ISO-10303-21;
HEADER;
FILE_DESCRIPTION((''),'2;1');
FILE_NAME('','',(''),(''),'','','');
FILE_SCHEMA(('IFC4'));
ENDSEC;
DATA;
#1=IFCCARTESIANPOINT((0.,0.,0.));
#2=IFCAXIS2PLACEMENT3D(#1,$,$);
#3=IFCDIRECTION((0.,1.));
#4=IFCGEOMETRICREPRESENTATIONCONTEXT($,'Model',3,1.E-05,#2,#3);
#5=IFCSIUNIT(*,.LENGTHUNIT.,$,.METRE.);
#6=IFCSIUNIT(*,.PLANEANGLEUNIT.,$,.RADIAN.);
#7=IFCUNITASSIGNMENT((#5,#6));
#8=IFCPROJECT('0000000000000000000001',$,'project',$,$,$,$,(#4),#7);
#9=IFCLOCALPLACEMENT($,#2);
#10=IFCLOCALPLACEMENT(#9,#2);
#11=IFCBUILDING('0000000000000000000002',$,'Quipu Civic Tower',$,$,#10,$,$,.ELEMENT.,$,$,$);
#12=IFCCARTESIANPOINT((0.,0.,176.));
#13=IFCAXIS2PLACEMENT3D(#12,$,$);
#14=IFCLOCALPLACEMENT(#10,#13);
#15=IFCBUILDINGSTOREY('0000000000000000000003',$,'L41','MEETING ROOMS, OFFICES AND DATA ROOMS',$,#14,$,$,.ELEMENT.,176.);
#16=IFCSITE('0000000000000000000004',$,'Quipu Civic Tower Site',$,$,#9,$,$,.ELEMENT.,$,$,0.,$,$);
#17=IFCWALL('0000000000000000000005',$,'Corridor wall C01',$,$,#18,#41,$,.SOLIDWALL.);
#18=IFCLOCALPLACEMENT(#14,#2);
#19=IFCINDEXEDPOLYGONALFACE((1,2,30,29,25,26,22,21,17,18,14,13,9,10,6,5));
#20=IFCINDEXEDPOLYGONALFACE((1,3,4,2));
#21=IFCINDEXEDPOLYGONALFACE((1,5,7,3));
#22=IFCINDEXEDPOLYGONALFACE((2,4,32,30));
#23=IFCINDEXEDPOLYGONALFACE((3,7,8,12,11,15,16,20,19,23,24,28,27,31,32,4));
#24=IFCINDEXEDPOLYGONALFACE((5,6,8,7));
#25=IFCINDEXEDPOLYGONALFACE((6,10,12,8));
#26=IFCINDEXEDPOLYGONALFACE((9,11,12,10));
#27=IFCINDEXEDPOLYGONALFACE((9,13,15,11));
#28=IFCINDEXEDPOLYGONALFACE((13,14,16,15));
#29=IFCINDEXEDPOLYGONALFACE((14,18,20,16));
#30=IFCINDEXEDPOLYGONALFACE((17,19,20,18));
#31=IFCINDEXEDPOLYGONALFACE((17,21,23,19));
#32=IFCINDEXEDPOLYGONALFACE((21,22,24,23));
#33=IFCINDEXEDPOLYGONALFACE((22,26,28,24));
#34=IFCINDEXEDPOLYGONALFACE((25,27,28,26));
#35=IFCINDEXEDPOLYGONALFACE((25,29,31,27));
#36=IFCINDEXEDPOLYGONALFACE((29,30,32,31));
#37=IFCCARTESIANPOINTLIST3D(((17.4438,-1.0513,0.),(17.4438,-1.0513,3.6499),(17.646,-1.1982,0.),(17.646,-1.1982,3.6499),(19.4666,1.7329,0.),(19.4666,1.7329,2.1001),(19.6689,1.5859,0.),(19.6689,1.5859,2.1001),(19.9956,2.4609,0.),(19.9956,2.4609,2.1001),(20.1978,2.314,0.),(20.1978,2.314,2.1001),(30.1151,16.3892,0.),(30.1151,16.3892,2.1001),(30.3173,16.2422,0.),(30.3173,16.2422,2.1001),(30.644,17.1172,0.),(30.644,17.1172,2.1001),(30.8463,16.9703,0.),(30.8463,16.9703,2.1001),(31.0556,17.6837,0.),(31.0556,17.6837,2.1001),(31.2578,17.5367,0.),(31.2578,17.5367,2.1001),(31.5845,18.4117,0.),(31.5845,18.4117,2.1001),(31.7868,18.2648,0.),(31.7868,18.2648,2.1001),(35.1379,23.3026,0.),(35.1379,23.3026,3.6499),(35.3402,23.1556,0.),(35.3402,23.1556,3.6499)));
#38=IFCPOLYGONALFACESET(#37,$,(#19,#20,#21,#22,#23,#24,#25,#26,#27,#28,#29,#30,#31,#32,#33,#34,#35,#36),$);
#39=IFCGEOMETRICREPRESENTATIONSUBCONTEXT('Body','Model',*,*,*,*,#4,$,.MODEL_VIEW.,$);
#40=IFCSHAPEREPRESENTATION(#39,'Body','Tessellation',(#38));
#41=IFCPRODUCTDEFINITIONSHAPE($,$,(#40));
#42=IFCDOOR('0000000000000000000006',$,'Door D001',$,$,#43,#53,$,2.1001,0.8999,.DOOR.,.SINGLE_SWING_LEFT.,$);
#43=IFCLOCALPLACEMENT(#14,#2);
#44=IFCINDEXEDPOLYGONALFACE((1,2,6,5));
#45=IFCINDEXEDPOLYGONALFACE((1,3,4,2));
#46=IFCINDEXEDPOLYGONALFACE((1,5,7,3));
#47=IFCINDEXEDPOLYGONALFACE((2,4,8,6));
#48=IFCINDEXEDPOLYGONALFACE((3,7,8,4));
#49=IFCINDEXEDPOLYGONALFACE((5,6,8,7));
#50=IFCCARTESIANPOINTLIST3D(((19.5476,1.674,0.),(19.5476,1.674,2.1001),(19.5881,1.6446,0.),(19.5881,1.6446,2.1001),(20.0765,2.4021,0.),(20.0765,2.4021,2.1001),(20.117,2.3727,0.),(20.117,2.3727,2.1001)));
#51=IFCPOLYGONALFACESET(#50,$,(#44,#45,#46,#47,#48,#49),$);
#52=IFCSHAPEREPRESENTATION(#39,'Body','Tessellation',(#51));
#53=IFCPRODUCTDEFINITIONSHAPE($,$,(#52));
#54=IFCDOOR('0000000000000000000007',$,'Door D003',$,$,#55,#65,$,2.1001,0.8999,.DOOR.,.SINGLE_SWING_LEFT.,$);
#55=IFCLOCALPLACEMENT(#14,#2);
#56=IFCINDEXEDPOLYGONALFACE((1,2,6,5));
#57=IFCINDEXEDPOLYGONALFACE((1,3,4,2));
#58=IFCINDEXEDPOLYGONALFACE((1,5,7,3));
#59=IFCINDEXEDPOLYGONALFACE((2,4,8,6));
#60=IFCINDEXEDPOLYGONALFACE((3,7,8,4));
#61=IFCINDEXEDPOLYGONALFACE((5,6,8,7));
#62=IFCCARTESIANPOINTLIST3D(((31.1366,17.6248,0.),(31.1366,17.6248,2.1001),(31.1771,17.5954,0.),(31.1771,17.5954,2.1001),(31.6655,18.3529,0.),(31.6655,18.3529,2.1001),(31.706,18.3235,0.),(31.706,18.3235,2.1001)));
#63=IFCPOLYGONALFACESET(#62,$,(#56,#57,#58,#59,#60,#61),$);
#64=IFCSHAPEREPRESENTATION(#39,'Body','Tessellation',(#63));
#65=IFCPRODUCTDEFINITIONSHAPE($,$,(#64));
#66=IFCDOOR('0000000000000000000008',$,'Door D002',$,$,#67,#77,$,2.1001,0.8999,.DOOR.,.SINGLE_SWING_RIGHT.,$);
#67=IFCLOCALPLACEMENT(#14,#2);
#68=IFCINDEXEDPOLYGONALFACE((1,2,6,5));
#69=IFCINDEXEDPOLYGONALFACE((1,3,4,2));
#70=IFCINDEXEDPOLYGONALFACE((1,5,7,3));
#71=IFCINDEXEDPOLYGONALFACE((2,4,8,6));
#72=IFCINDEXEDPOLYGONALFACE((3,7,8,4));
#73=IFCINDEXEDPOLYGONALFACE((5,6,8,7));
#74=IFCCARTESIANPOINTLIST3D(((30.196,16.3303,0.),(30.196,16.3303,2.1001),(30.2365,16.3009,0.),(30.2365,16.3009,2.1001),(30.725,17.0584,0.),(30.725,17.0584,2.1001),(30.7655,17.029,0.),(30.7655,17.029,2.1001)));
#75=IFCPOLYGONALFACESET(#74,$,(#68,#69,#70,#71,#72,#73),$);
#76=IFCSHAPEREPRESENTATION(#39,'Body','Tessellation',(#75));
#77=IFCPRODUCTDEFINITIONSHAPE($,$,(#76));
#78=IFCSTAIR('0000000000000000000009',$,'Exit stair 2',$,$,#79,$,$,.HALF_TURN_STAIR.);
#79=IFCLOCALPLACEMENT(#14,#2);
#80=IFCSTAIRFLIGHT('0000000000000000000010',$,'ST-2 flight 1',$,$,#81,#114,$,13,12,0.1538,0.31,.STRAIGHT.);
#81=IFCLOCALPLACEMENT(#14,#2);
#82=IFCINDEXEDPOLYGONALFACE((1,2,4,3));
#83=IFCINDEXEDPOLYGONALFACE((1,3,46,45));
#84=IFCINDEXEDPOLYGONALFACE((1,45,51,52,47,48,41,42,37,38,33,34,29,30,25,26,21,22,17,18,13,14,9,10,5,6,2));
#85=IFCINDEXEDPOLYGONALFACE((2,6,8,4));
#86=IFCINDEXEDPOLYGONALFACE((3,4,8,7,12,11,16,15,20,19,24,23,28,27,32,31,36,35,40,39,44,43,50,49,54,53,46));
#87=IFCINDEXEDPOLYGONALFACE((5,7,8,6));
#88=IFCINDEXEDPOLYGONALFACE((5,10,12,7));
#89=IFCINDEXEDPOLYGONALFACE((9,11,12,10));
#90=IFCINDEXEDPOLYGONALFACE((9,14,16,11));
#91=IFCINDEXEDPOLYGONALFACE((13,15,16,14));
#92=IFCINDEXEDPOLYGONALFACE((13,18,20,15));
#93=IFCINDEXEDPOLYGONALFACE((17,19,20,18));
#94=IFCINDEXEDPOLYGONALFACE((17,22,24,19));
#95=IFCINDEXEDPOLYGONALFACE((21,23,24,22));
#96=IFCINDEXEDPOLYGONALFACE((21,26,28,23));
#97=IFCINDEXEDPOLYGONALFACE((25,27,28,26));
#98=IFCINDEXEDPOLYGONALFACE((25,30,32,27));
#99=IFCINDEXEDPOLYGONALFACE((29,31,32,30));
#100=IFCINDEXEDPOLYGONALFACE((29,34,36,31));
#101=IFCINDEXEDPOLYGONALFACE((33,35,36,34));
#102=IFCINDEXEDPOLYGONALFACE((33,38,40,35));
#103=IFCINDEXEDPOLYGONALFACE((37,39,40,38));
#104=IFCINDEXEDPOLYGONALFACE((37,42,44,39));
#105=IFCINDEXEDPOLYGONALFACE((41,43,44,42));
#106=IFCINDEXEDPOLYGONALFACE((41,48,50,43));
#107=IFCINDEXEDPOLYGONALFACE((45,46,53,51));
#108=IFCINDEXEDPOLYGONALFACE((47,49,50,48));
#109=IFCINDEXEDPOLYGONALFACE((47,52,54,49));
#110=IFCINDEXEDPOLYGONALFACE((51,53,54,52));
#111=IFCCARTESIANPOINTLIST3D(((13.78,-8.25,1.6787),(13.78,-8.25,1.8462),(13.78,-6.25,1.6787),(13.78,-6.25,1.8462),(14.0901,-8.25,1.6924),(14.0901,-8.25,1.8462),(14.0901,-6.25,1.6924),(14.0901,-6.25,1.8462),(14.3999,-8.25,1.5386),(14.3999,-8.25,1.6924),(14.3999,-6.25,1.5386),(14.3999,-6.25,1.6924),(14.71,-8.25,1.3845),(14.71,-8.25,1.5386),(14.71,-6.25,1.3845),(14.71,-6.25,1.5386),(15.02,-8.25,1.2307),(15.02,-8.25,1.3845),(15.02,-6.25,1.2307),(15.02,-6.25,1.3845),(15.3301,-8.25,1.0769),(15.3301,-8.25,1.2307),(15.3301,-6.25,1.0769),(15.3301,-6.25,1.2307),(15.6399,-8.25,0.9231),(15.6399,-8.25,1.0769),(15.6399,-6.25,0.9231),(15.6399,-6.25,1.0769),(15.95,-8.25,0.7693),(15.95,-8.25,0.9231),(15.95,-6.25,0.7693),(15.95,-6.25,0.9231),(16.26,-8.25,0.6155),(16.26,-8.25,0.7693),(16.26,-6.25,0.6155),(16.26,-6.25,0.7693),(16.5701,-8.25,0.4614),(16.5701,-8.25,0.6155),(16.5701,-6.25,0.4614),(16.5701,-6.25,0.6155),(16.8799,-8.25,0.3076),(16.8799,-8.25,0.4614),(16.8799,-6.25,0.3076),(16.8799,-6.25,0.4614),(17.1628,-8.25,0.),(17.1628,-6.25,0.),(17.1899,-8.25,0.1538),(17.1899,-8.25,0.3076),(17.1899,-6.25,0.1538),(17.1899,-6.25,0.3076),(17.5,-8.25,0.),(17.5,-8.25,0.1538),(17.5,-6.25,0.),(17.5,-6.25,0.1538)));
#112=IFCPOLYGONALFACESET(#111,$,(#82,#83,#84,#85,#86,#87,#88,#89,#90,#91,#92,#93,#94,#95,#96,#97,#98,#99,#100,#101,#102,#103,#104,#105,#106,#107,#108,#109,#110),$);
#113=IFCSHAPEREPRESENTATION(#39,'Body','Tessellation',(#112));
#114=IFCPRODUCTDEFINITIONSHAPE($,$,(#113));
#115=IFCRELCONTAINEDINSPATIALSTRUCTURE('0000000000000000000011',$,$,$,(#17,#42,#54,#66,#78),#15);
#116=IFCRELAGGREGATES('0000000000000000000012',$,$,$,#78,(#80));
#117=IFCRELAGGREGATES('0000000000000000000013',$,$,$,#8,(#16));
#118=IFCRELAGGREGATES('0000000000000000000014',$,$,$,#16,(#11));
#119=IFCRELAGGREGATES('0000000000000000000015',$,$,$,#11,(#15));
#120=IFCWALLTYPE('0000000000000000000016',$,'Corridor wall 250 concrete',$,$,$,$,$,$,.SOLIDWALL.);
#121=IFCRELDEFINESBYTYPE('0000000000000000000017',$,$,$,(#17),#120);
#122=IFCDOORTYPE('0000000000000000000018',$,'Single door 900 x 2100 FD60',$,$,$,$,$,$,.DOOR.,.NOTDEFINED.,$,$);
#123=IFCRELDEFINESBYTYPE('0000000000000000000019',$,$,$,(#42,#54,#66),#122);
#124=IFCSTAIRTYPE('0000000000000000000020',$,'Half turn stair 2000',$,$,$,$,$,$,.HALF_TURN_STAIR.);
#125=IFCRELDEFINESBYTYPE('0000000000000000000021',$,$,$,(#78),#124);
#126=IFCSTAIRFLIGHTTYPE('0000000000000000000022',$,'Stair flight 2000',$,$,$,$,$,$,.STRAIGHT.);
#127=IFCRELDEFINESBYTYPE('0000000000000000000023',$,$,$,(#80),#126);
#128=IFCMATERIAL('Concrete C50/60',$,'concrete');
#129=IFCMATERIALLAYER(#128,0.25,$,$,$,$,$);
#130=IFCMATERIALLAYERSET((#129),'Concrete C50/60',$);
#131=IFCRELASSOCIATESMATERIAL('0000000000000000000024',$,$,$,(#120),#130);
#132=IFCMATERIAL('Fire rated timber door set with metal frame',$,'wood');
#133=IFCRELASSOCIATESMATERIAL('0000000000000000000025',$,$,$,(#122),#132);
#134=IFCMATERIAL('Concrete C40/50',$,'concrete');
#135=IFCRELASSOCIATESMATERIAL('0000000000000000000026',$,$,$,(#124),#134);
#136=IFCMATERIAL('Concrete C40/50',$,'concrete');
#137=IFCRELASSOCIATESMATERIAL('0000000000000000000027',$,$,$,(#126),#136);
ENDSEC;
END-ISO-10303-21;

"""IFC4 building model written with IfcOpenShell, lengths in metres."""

from ifc_helpers import new_model, si_unit, direction, frame, frame_2d, origin, place, context, subcontext, project, spatial, polyline, rectangle, outline, extrude, material, layer, layer_set, type_object, element, fill, aggregate, save


model = new_model("IFC4")

# Units and contexts
model_context = context("Model", 3, precision=1e-05, world=origin(), true_north=direction((0.0, 1.0)))
body_context = subcontext(model_context, "Body", "Model", "MODEL_VIEW")
ifc_project = project(units=[si_unit("LENGTHUNIT", "METRE"), si_unit("PLANEANGLEUNIT", "RADIAN")], contexts=[model_context])

# Site, building, storey
site_placement = place(None, origin())
site = spatial("IfcSite", under=ifc_project, at=site_placement, Name="Quipu Civic Tower Site", CompositionType="ELEMENT", RefElevation=0.0)
building_placement = place(site_placement, origin())
building = spatial("IfcBuilding", under=site, at=building_placement, Name="Quipu Civic Tower", CompositionType="ELEMENT")
storey_placement = place(building_placement, frame((0.0, 0.0, 176.0)))
storey = spatial("IfcBuildingStorey", under=building, at=storey_placement, Name="L41", Description="MEETING ROOMS, OFFICES AND DATA ROOMS", CompositionType="ELEMENT", Elevation=176.0)

# Wall, openings, doors
ifc_material_1 = material(Name="Concrete C50/60", Category="concrete")
ifc_layer_1 = layer(ifc_material_1, 0.25)
ifc_layer_set_1 = layer_set([ifc_layer_1], Name="Concrete C50/60")
wall_type_1 = type_object("IfcWallType", Name="Corridor wall 250 concrete", PredefinedType="SOLIDWALL", material=ifc_layer_set_1)
wall_1_placement = place(storey_placement, frame((17.5449, -1.1248, 0.0), z_axis=(0.0, 0.0, 1.0), x_axis=(0.587786, 0.809016, 0.0)))
wall_1 = element("IfcWall", 1, at=wall_1_placement, inside=storey, type_object=wall_type_1, Name="Corridor wall C01", PredefinedType="SOLIDWALL", context=body_context, shape_type="SweptSolid", body=[
    extrude(rectangle(XDim=30.103, YDim=0.25, at=frame_2d((15.0515, 0.0))), origin(), (0.0, 0.0, 1.0), 3.6499),
])
opening_1_placement = place(wall_1_placement, frame((3.4414, 0.0, 0.0)))
opening_1 = element("IfcOpeningElement", 2, at=opening_1_placement, cuts=wall_1, PredefinedType="OPENING", context=body_context, shape_type="SweptSolid", body=[
    extrude(rectangle(XDim=0.8999, YDim=2.1001, at=frame_2d((0.45, 1.05))), frame((0.0, 0.135, 0.0), z_axis=(0.0, -1.0, 0.0), x_axis=(1.0, 0.0, 0.0)), (0.0, 0.0, 1.0), 0.27),
])
opening_2_placement = place(wall_1_placement, frame((23.1577, 0.0, 0.0)))
opening_2 = element("IfcOpeningElement", 3, at=opening_2_placement, cuts=wall_1, PredefinedType="OPENING", context=body_context, shape_type="SweptSolid", body=[
    extrude(rectangle(XDim=0.8999, YDim=2.1001, at=frame_2d((0.45, 1.05))), frame((0.0, 0.135, 0.0), z_axis=(0.0, -1.0, 0.0), x_axis=(1.0, 0.0, 0.0)), (0.0, 0.0, 1.0), 0.27),
])
opening_3_placement = place(wall_1_placement, frame((21.5576, 0.0, 0.0)))
opening_3 = element("IfcOpeningElement", 4, at=opening_3_placement, cuts=wall_1, PredefinedType="OPENING", context=body_context, shape_type="SweptSolid", body=[
    extrude(rectangle(XDim=0.8999, YDim=2.1001, at=frame_2d((0.45, 1.05))), frame((0.0, 0.135, 0.0), z_axis=(0.0, -1.0, 0.0), x_axis=(1.0, 0.0, 0.0)), (0.0, 0.0, 1.0), 0.27),
])
ifc_material_2 = material(Name="Fire rated timber door set with metal frame", Category="wood")
door_type_1 = type_object("IfcDoorType", Name="Single door 900 x 2100 FD60", OperationType="NOTDEFINED", PredefinedType="DOOR", material=ifc_material_2)
door_1_placement = place(opening_1_placement, origin())
door_1 = element("IfcDoor", 5, at=door_1_placement, inside=storey, type_object=door_type_1, Name="Door D001", OperationType="SINGLE_SWING_LEFT", OverallHeight=2.1001, OverallWidth=0.8999, PredefinedType="DOOR", context=body_context, shape_type="SweptSolid", body=[
    extrude(rectangle(XDim=0.8999, YDim=2.1001, at=frame_2d((0.45, 1.05))), frame((0.0, 0.0249, 0.0), z_axis=(0.0, -1.0, 0.0), x_axis=(1.0, 0.0, 0.0)), (0.0, 0.0, 1.0), 0.05),
])
fill(opening_1, door_1)
door_2_placement = place(opening_2_placement, origin())
door_2 = element("IfcDoor", 6, at=door_2_placement, inside=storey, type_object=door_type_1, Name="Door D003", OperationType="SINGLE_SWING_LEFT", OverallHeight=2.1001, OverallWidth=0.8999, PredefinedType="DOOR", context=body_context, shape_type="SweptSolid", body=[
    extrude(rectangle(XDim=0.8999, YDim=2.1001, at=frame_2d((0.45, 1.05))), frame((0.0, 0.0249, 0.0), z_axis=(0.0, -1.0, 0.0), x_axis=(1.0, 0.0, 0.0)), (0.0, 0.0, 1.0), 0.05),
])
fill(opening_2, door_2)
door_3_placement = place(opening_3_placement, origin())
door_3 = element("IfcDoor", 7, at=door_3_placement, inside=storey, type_object=door_type_1, Name="Door D002", OperationType="SINGLE_SWING_RIGHT", OverallHeight=2.1001, OverallWidth=0.8999, PredefinedType="DOOR", context=body_context, shape_type="SweptSolid", body=[
    extrude(rectangle(XDim=0.8999, YDim=2.1001, at=frame_2d((0.45, 1.05))), frame((0.0, 0.0249, 0.0), z_axis=(0.0, -1.0, 0.0), x_axis=(1.0, 0.0, 0.0)), (0.0, 0.0, 1.0), 0.05),
])
fill(opening_3, door_3)

# Stair, stair flight
ifc_material_3 = material(Name="Concrete C40/50", Category="concrete")
stair_type = type_object("IfcStairType", Name="Half turn stair 2000", PredefinedType="HALF_TURN_STAIR", material=ifc_material_3)
stair_placement = place(storey_placement, origin())
stair = element("IfcStair", 8, at=stair_placement, inside=storey, type_object=stair_type, Name="Exit stair 2", PredefinedType="HALF_TURN_STAIR")
ifc_material_4 = material(Name="Concrete C40/50", Category="concrete")
stair_flight_type = type_object("IfcStairFlightType", Name="Stair flight 2000", PredefinedType="STRAIGHT", material=ifc_material_4)
stair_flight_placement = place(storey_placement, frame((17.5, -7.25, 0.0), z_axis=(0.0, 0.0, 1.0), x_axis=(-1.0, 0.0, 0.0)))
stair_flight = element("IfcStairFlight", 9, at=stair_flight_placement, type_object=stair_flight_type, Name="ST-2 flight 1", NumberOfRisers=13, NumberOfTreads=12, PredefinedType="STRAIGHT", RiserHeight=0.1538, TreadLength=0.31, context=body_context, shape_type="SweptSolid", body=[
    extrude(outline(polyline([(0.0, 0.0), (0.0, 0.1538), (0.3101, 0.1538), (0.3101, 0.3076), (0.6201, 0.3076), (0.6201, 0.4614), (0.9299, 0.4614), (0.9299, 0.6155), (1.24, 0.6155), (1.24, 0.7693), (1.55, 0.7693), (1.55, 0.9231), (1.8601, 0.9231), (1.8601, 1.0769), (2.1699, 1.0769), (2.1699, 1.2307), (2.48, 1.2307), (2.48, 1.3845), (2.79, 1.3845), (2.79, 1.5386), (3.1001, 1.5386), (3.1001, 1.6924), (3.4099, 1.6924), (3.4099, 1.8462), (3.72, 1.8462), (3.72, 2.0), (3.72, 1.6787), (0.3372, 0.0), (0.0, 0.0)])), frame((0.0, 1.0, 0.0), z_axis=(0.0, -1.0, 0.0), x_axis=(1.0, 0.0, 0.0)), (0.0, 0.0, 1.0), 2.0),
])
aggregate(stair, [stair_flight])

save(model, "model.ifc")
